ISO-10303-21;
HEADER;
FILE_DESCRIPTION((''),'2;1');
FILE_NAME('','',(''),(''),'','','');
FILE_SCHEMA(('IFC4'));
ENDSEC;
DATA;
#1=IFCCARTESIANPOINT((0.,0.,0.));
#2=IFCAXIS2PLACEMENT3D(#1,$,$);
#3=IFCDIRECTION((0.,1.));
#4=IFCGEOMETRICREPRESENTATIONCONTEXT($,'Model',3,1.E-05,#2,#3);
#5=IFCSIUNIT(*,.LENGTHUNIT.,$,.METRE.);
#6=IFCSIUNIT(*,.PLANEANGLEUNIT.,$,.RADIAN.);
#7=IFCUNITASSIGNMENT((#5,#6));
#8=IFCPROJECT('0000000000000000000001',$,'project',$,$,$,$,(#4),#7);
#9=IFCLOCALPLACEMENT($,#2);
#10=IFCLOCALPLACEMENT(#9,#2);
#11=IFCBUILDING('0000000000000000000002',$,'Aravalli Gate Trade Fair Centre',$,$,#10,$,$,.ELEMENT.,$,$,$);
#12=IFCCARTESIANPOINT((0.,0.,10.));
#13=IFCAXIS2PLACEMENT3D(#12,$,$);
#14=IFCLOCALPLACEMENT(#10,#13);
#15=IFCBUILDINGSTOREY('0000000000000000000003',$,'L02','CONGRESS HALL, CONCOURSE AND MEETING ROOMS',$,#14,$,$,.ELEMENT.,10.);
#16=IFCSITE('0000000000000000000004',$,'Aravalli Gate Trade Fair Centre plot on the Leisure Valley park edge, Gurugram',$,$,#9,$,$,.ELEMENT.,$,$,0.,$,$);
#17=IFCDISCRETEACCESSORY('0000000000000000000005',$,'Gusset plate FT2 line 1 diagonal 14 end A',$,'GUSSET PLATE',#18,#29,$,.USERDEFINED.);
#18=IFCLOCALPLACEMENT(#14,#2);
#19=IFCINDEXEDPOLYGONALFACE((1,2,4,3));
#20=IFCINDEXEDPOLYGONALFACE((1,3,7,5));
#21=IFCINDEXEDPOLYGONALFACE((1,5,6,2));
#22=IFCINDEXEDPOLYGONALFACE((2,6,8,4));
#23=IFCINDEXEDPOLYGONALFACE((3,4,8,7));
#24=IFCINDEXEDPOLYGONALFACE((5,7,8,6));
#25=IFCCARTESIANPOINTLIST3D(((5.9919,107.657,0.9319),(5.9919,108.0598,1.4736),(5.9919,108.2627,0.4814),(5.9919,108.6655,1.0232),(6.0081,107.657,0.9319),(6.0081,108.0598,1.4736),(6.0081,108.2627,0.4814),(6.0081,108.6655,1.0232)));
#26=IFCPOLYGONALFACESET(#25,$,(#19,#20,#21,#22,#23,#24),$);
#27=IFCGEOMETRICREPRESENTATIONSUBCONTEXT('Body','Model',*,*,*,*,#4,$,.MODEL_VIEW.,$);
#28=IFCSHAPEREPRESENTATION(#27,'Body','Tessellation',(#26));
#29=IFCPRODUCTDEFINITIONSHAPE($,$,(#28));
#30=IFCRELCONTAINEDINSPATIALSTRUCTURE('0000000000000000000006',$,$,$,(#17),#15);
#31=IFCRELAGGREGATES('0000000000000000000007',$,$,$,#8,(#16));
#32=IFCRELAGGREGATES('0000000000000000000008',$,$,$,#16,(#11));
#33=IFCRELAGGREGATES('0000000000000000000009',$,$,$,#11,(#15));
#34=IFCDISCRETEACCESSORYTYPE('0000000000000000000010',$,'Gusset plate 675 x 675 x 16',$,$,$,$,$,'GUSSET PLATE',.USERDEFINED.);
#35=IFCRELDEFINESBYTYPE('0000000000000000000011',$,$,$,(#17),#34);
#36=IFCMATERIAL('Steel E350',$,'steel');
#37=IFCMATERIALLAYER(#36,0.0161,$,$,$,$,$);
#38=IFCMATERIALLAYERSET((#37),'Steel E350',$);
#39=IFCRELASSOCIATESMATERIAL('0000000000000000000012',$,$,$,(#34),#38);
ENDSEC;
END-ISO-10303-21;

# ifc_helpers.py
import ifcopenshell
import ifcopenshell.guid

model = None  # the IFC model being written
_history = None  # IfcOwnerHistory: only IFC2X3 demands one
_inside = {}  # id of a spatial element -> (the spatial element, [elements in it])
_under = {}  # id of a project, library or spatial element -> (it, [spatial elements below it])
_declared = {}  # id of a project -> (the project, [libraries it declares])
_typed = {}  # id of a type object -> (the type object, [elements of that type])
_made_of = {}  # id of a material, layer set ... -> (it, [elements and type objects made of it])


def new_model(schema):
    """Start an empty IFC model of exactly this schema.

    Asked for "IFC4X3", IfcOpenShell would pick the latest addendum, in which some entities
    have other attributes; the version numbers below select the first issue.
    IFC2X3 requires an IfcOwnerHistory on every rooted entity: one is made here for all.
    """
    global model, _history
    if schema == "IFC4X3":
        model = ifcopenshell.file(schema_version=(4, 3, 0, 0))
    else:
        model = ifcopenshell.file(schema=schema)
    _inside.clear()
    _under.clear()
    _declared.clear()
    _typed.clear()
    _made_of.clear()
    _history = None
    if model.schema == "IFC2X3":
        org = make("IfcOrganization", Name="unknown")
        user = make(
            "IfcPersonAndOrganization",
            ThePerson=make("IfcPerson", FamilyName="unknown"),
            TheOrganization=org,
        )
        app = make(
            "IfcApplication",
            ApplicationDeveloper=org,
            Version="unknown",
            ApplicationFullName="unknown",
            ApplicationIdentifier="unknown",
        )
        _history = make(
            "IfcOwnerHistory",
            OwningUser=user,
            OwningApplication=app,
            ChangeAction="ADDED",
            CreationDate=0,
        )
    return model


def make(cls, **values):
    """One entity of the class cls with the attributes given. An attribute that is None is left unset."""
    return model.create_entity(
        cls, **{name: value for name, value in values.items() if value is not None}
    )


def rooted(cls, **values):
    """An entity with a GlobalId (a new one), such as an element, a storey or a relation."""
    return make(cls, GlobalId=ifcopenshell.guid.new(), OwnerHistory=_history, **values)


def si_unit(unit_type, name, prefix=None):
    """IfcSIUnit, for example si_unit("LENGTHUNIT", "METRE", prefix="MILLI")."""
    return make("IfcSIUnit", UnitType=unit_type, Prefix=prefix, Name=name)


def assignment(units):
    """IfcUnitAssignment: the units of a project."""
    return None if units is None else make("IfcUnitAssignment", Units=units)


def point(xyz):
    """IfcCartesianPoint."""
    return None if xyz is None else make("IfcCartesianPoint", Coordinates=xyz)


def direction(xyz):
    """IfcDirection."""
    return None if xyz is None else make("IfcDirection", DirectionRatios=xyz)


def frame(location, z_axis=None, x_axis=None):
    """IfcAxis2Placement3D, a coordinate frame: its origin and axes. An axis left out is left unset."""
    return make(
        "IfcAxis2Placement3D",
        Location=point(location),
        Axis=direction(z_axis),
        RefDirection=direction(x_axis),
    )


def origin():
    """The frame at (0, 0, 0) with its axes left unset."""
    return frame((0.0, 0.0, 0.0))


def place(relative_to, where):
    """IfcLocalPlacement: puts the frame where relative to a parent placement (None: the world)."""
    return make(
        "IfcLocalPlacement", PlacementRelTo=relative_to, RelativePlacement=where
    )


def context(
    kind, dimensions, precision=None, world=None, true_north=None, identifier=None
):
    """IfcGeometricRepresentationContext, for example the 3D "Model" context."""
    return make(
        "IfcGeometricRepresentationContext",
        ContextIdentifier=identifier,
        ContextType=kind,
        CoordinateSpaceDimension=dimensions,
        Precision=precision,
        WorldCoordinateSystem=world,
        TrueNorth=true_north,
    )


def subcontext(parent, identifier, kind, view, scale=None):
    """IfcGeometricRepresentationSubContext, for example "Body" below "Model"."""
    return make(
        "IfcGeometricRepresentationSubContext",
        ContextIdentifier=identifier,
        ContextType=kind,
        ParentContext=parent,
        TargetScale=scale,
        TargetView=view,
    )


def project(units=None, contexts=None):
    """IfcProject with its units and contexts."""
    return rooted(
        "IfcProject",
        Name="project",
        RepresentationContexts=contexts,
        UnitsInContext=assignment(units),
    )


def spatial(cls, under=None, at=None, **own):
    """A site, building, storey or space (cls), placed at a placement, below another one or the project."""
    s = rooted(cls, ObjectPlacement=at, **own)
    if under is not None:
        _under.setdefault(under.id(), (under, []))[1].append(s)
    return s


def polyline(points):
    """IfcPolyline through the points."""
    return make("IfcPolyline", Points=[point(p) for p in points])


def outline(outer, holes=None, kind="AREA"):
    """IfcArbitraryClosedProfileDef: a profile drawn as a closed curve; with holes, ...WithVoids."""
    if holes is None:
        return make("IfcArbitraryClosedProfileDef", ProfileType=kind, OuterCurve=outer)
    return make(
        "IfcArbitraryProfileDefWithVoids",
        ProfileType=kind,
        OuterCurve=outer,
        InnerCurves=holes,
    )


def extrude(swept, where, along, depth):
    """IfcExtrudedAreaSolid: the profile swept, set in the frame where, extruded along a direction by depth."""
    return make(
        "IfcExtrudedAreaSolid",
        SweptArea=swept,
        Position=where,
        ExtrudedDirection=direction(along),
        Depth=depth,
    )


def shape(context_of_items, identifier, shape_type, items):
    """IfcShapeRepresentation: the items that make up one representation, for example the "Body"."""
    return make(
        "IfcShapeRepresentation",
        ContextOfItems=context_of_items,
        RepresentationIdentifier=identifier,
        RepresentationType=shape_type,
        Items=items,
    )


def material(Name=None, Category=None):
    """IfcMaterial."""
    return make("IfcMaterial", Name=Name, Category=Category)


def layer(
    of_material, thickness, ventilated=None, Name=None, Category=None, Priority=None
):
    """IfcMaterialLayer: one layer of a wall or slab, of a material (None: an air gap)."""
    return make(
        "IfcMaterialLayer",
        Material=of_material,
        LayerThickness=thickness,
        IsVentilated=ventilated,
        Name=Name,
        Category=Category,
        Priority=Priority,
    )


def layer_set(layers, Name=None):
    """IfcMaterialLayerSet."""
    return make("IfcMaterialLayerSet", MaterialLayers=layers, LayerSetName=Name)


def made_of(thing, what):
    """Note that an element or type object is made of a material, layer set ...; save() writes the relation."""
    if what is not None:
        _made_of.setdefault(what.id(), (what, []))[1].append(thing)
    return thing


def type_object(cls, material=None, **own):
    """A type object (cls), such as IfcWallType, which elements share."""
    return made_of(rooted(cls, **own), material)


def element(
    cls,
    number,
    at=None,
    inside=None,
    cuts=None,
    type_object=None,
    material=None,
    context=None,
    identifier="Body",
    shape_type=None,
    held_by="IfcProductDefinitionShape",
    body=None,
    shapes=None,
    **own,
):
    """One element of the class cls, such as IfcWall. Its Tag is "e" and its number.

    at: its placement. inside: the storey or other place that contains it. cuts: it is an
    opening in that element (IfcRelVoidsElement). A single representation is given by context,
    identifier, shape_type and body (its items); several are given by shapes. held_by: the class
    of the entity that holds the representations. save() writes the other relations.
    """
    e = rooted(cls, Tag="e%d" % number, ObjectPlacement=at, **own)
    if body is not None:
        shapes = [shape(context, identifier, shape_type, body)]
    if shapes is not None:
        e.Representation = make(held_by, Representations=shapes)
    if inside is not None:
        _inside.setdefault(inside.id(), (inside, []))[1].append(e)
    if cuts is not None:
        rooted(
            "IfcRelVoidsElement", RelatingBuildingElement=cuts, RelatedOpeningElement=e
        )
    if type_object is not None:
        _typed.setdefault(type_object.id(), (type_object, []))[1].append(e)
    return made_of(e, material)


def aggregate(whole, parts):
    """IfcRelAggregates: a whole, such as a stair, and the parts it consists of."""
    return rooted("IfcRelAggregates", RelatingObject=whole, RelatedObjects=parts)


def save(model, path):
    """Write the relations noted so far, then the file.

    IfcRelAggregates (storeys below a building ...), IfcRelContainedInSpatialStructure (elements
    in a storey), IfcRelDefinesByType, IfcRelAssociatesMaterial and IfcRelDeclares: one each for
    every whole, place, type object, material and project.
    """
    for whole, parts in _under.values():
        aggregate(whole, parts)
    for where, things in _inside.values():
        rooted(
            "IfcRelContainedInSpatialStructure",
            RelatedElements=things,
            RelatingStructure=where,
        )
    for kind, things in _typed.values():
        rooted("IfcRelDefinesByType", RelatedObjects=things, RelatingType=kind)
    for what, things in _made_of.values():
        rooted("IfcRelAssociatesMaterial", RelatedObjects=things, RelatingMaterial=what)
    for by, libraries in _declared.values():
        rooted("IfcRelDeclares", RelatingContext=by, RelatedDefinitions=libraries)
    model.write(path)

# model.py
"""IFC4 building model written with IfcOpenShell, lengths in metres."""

from ifc_helpers import new_model, si_unit, direction, frame, origin, place, context, subcontext, project, spatial, polyline, outline, extrude, material, layer, layer_set, type_object, element, save


model = new_model("IFC4")

# Units and contexts
model_context = context("Model", 3, precision=1e-05, world=origin(), true_north=direction((0.0, 1.0)))
body_context = subcontext(model_context, "Body", "Model", "MODEL_VIEW")
ifc_project = project(units=[si_unit("LENGTHUNIT", "METRE"), si_unit("PLANEANGLEUNIT", "RADIAN")], contexts=[model_context])

# Site, building, storey
site_placement = place(None, origin())
site = spatial("IfcSite", under=ifc_project, at=site_placement, Name="Aravalli Gate Trade Fair Centre plot on the Leisure Valley park edge, Gurugram", CompositionType="ELEMENT", RefElevation=0.0)
building_placement = place(site_placement, origin())
building = spatial("IfcBuilding", under=site, at=building_placement, Name="Aravalli Gate Trade Fair Centre", CompositionType="ELEMENT")
storey_placement = place(building_placement, frame((0.0, 0.0, 10.0)))
storey = spatial("IfcBuildingStorey", under=building, at=storey_placement, Name="L02", Description="CONGRESS HALL, CONCOURSE AND MEETING ROOMS", CompositionType="ELEMENT", Elevation=10.0)

# Shared definitions
ifc_material_1 = material(Name="Steel E350", Category="steel")

# Discrete accessory
ifc_layer_1 = layer(ifc_material_1, 0.0161)
ifc_layer_set_1 = layer_set([ifc_layer_1], Name="Steel E350")
discrete_accessory_type = type_object("IfcDiscreteAccessoryType", Name="Gusset plate 675 x 675 x 16", ElementType="GUSSET PLATE", PredefinedType="USERDEFINED", material=ifc_layer_set_1)
discrete_accessory_placement = place(storey_placement, frame((6.0081, 107.657, 0.9319), z_axis=(1.0, 0.0, 0.0), x_axis=(0.0, 0.802439, -0.596735)))
element("IfcDiscreteAccessory", 1, at=discrete_accessory_placement, inside=storey, type_object=discrete_accessory_type, Name="Gusset plate FT2 line 1 diagonal 14 end A", ObjectType="GUSSET PLATE", PredefinedType="USERDEFINED", context=body_context, shape_type="SweptSolid", body=[
    extrude(outline(polyline([(0.0, 0.0), (0.7548, 0.0), (0.7548, 0.6751), (0.0, 0.6751), (0.0, 0.0)])), origin(), (0.0, 0.0, -1.0), 0.0161),
])

save(model, "model.ifc")
